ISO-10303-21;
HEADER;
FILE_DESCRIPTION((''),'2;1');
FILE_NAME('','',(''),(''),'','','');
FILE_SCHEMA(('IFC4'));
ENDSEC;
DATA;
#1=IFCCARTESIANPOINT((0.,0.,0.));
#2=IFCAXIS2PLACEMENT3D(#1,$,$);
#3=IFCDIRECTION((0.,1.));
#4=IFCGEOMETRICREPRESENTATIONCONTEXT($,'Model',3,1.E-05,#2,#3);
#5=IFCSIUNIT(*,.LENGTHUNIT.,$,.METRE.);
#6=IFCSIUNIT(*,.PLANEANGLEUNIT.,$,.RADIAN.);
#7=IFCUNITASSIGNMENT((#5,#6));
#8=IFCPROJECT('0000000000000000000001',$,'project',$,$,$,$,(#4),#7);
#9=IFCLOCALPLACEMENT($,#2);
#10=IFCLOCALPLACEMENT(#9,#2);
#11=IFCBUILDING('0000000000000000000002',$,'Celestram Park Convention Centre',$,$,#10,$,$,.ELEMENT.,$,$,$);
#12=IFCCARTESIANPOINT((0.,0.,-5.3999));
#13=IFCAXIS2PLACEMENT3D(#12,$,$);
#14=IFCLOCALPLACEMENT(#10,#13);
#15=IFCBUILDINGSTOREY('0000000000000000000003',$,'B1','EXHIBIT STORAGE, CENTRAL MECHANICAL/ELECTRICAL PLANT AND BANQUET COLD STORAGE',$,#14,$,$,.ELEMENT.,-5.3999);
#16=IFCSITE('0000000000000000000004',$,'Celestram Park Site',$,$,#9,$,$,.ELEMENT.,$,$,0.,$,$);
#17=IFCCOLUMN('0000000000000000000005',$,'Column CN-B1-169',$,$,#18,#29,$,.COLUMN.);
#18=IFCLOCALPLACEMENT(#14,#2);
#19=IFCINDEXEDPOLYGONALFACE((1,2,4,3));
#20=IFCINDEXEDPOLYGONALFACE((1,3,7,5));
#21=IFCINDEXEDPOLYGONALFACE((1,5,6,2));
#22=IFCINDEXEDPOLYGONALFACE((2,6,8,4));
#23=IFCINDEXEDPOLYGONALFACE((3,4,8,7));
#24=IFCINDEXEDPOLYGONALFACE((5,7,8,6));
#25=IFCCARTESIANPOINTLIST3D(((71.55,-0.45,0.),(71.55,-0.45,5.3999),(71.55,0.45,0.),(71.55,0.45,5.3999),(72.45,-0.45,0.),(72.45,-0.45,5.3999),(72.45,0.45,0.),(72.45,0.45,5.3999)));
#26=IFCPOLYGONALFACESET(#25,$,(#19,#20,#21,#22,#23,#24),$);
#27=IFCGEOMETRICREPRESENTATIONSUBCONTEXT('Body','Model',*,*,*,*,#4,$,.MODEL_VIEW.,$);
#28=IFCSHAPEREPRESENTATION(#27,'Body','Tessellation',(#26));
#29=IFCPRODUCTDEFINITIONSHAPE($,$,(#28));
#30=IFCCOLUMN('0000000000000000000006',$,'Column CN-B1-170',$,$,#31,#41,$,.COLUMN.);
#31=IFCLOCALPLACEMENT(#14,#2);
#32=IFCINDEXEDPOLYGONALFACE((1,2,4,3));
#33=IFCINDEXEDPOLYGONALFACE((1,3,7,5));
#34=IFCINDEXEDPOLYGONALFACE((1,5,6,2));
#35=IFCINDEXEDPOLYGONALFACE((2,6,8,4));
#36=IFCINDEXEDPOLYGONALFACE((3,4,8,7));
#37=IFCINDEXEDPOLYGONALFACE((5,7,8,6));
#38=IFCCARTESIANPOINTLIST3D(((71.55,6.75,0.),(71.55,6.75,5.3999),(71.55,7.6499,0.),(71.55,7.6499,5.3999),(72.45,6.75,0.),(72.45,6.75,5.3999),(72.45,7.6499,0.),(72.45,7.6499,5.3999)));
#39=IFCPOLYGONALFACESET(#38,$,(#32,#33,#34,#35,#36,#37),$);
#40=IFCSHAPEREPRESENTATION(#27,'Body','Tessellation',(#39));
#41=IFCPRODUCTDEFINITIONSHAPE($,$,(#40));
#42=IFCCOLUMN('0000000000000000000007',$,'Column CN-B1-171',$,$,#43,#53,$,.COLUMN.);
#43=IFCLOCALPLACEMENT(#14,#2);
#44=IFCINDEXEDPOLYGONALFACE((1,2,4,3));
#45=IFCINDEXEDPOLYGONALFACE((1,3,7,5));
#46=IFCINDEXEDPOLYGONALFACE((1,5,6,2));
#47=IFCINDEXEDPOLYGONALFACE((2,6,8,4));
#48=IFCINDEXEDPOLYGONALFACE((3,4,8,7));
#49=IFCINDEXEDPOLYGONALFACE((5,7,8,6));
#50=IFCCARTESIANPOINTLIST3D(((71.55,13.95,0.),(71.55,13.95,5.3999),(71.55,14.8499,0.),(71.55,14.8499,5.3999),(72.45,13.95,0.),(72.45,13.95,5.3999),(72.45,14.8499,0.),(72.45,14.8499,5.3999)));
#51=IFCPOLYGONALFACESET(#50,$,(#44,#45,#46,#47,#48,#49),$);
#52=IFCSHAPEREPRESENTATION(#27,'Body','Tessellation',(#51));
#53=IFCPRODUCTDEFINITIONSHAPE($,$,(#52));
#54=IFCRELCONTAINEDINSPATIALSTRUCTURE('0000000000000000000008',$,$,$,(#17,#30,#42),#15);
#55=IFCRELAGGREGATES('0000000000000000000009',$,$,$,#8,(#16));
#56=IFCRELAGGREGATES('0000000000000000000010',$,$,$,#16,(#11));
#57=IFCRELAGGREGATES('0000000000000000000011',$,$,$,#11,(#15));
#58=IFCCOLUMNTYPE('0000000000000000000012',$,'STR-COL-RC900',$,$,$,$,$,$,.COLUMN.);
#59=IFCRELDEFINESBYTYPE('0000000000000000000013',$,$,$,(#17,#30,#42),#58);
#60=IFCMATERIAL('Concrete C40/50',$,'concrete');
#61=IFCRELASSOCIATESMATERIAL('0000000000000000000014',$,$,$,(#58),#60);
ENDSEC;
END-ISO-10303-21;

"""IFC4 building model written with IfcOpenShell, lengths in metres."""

from ifc_helpers import new_model, si_unit, direction, frame, origin, origin_2d, place, context, subcontext, project, spatial, rectangle, extrude, material, material_profile, profile_set, type_object, element, save


model = new_model("IFC4")

# Units and contexts
model_context = context("Model", 3, precision=1e-05, world=origin(), true_north=direction((0.0, 1.0)))
body_context = subcontext(model_context, "Body", "Model", "MODEL_VIEW")
ifc_project = project(units=[si_unit("LENGTHUNIT", "METRE"), si_unit("PLANEANGLEUNIT", "RADIAN")], contexts=[model_context])

# Site, building, storey
site_placement = place(None, origin())
site = spatial("IfcSite", under=ifc_project, at=site_placement, Name="Celestram Park Site", CompositionType="ELEMENT", RefElevation=0.0)
building_placement = place(site_placement, origin())
building = spatial("IfcBuilding", under=site, at=building_placement, Name="Celestram Park Convention Centre", CompositionType="ELEMENT")
storey_placement = place(building_placement, frame((0.0, 0.0, -5.3999)))
storey = spatial("IfcBuildingStorey", under=building, at=storey_placement, Name="B1", Description="EXHIBIT STORAGE, CENTRAL MECHANICAL/ELECTRICAL PLANT AND BANQUET COLD STORAGE", CompositionType="ELEMENT", Elevation=-5.3999)

# Shared definitions
ifc_material_1 = material(Name="Concrete C40/50", Category="concrete")

# Columns
ifc_material_profile_1 = material_profile(ifc_material_1, rectangle(XDim=0.8999, YDim=0.8999, at=origin_2d()), Name="RC900X900")
ifc_profile_set_1 = profile_set([ifc_material_profile_1], Name="Concrete C40/50")
column_type = type_object("IfcColumnType", Name="STR-COL-RC900", PredefinedType="COLUMN", material=ifc_profile_set_1)
for number, where, z_axis, x_axis, name in (
    (1, (72.0, 0.0, 0.0), (0.0, 0.0, 1.0), (1.0, 0.0, 0.0), "Column CN-B1-169"),
    (2, (72.0, 7.2, 0.0), (0.0, 0.0, 1.0), (1.0, 0.0, 0.0), "Column CN-B1-170"),
    (3, (72.0, 14.3999, 0.0), (0.0, 0.0, 1.0), (1.0, 0.0, 0.0), "Column CN-B1-171"),
):
    element("IfcColumn", number, at=place(storey_placement, frame(where, z_axis=z_axis, x_axis=x_axis)), inside=storey, type_object=column_type, Name=name, PredefinedType="COLUMN", context=body_context, shape_type="SweptSolid", body=[
        extrude(rectangle(XDim=0.8999, YDim=0.8999, at=origin_2d()), origin(), (0.0, 0.0, 1.0), 5.3999),
    ])

save(model, "model.ifc")
